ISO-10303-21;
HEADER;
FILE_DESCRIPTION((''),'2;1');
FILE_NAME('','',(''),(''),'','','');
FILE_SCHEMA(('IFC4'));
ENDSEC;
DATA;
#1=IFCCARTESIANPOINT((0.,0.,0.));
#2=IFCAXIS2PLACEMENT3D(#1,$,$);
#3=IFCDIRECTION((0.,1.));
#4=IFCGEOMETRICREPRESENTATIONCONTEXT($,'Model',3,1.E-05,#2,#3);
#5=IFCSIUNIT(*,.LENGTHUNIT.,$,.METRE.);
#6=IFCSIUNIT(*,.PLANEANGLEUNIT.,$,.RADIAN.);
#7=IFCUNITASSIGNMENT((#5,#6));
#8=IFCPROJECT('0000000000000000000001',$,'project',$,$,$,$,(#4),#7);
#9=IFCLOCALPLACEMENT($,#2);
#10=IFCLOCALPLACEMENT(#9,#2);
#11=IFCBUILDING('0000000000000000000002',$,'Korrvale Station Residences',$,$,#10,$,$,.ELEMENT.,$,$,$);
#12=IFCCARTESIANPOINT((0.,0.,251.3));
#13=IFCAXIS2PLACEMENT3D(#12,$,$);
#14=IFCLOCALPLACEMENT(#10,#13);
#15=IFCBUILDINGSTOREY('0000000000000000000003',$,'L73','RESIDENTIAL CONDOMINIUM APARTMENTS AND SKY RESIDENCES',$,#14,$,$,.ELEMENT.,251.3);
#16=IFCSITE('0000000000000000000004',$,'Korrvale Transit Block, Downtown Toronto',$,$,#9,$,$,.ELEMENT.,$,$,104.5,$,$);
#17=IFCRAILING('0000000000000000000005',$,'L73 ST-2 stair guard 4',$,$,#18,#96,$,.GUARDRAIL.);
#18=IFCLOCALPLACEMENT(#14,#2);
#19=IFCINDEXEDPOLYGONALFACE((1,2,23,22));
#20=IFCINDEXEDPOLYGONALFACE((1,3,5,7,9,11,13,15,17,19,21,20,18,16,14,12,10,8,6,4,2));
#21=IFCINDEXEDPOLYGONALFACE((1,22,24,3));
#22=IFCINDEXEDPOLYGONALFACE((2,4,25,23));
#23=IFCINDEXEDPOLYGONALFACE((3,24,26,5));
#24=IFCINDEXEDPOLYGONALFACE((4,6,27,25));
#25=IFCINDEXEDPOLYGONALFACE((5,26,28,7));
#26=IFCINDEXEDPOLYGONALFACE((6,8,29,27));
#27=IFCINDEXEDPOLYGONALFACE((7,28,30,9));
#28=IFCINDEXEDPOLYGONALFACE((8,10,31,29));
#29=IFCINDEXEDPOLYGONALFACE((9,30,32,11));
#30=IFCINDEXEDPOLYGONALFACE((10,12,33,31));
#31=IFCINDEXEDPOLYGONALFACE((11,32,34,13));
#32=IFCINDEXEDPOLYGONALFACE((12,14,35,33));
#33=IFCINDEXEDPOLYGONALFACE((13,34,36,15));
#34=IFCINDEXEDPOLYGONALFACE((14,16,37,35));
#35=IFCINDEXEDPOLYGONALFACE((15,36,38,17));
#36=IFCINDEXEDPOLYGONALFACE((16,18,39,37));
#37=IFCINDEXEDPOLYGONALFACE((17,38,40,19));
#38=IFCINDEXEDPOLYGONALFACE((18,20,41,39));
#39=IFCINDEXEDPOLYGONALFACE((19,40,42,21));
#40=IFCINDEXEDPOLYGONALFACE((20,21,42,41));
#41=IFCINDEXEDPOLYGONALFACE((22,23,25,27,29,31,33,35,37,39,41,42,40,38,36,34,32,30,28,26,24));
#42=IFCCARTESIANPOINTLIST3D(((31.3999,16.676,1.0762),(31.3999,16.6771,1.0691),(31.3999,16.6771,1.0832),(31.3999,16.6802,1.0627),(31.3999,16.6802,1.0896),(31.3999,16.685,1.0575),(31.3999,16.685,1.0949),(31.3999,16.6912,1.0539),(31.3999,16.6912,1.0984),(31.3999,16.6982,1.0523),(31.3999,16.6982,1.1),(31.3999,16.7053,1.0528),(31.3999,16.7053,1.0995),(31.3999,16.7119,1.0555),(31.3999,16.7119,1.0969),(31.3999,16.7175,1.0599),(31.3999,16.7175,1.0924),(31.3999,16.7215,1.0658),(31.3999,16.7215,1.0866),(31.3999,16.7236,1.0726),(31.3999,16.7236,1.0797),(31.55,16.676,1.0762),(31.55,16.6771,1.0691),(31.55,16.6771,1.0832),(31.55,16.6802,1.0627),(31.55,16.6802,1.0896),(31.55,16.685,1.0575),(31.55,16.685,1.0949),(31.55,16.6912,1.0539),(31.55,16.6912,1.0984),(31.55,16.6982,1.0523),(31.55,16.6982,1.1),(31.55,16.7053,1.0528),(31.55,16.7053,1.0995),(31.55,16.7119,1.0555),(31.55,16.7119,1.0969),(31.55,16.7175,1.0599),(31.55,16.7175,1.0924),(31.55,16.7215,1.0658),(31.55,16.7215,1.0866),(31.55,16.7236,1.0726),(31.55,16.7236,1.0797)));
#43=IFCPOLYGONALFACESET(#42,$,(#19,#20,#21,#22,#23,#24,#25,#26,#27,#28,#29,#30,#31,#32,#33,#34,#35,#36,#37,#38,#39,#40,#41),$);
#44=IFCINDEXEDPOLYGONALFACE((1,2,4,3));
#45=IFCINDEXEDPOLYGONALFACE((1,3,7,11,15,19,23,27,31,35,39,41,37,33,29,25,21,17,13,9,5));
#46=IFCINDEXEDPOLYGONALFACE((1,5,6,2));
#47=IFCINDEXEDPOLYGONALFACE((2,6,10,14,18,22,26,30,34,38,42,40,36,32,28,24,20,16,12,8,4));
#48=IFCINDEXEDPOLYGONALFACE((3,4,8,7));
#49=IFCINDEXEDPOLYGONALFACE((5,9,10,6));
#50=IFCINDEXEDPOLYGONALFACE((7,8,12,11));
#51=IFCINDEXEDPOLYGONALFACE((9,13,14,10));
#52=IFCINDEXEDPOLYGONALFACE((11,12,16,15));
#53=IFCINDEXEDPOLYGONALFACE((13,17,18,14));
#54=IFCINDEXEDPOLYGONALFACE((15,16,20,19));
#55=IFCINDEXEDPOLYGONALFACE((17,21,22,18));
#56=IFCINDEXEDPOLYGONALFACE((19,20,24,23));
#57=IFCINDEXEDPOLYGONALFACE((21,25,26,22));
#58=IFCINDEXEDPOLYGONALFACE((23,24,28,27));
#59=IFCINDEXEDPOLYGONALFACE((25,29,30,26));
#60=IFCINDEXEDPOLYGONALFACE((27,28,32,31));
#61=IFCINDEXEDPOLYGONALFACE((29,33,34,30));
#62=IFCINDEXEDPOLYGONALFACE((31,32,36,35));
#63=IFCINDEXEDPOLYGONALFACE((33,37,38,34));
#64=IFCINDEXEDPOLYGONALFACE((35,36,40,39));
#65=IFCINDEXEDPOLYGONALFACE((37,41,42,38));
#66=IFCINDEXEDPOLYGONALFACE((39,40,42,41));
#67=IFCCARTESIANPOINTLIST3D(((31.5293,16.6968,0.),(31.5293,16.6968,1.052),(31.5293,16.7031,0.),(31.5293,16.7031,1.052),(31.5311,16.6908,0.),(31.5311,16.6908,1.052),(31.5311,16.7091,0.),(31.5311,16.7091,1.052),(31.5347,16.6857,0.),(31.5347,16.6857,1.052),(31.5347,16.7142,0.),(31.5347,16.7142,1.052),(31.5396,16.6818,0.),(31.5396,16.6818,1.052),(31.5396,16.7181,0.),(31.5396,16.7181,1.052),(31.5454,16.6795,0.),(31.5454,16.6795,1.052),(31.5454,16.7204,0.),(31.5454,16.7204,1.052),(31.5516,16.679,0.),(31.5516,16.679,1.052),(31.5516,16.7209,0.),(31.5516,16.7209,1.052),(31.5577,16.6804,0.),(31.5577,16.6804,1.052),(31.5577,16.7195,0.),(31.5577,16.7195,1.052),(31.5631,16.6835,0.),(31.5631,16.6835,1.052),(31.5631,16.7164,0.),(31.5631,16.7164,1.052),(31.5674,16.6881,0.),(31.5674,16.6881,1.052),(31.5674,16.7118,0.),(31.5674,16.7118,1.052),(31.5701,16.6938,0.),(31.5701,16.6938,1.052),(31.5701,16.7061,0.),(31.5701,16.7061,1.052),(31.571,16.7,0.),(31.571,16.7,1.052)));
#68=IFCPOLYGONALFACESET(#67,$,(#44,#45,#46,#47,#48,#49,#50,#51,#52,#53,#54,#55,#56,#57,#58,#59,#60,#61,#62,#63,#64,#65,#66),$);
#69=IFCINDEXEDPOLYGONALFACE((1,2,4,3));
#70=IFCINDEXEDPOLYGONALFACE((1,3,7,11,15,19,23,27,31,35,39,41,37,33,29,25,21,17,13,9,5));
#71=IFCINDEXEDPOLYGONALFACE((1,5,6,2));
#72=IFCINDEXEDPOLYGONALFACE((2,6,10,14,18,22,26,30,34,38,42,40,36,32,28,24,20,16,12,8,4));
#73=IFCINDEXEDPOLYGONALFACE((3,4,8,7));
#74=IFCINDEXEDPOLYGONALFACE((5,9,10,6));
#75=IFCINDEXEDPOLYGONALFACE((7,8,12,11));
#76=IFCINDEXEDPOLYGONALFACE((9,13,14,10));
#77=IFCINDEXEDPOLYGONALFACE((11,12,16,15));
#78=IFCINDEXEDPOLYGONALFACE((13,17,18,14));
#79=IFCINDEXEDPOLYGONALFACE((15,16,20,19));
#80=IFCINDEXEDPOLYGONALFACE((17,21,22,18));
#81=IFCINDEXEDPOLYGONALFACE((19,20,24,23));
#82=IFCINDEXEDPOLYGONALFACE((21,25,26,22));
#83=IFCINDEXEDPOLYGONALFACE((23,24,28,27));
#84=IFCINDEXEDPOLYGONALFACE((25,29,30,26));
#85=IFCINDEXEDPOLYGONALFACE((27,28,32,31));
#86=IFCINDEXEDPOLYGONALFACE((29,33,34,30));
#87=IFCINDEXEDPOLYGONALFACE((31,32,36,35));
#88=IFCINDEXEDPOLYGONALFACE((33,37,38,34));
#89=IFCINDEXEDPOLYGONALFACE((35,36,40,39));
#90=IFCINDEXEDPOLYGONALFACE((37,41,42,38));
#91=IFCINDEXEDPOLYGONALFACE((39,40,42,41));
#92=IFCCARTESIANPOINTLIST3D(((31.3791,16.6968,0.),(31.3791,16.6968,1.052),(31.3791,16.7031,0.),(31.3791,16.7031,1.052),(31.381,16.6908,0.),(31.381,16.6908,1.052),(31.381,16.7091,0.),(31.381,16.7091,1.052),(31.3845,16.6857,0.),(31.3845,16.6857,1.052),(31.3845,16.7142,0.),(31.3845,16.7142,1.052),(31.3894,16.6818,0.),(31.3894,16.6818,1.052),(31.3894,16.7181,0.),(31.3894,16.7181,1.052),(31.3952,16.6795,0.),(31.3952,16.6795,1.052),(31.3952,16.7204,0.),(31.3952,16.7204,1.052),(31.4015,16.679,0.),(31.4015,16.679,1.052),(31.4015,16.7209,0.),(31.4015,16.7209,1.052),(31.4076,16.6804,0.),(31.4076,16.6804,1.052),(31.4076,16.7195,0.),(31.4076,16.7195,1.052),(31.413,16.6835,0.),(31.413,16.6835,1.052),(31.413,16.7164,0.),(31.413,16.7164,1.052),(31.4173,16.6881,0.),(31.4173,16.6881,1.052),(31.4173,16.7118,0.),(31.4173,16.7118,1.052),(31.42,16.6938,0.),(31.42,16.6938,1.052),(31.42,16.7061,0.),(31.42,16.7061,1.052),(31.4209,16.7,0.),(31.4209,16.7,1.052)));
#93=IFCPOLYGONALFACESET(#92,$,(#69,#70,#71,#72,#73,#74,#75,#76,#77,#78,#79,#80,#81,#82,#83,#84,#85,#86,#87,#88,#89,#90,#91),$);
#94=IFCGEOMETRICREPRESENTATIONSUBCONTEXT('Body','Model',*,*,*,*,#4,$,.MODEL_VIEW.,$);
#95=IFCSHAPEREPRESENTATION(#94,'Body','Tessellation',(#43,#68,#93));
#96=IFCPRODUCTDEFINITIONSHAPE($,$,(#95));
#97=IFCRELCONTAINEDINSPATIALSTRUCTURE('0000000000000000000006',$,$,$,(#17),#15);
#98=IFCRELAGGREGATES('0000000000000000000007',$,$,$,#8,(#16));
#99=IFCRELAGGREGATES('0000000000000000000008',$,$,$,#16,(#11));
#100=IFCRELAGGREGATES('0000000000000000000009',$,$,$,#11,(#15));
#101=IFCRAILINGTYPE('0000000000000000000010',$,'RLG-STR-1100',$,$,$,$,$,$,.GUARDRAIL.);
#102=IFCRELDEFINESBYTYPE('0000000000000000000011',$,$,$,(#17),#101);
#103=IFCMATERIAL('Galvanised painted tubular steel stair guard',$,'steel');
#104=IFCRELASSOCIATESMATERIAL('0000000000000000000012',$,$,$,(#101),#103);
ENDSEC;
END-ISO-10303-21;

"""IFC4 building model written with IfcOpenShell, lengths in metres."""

from ifc_helpers import new_model, si_unit, direction, frame, origin, origin_2d, place, context, subcontext, project, spatial, circle, extrude, material, type_object, element, save


model = new_model("IFC4")

# Units and contexts
model_context = context("Model", 3, precision=1e-05, world=origin(), true_north=direction((0.0, 1.0)))
body_context = subcontext(model_context, "Body", "Model", "MODEL_VIEW")
ifc_project = project(units=[si_unit("LENGTHUNIT", "METRE"), si_unit("PLANEANGLEUNIT", "RADIAN")], contexts=[model_context])

# Site, building, storey
site_placement = place(None, origin())
site = spatial("IfcSite", under=ifc_project, at=site_placement, Name="Korrvale Transit Block, Downtown Toronto", CompositionType="ELEMENT", RefElevation=104.5)
building_placement = place(site_placement, origin())
building = spatial("IfcBuilding", under=site, at=building_placement, Name="Korrvale Station Residences", CompositionType="ELEMENT")
storey_placement = place(building_placement, frame((0.0, 0.0, 251.3)))
storey = spatial("IfcBuildingStorey", under=building, at=storey_placement, Name="L73", Description="RESIDENTIAL CONDOMINIUM APARTMENTS AND SKY RESIDENCES", CompositionType="ELEMENT", Elevation=251.3)

# Railing
ifc_material_1 = material(Name="Galvanised painted tubular steel stair guard", Category="steel")
railing_type_1 = type_object("IfcRailingType", Name="RLG-STR-1100", PredefinedType="GUARDRAIL", material=ifc_material_1)
railing_1_placement = place(storey_placement, frame((31.55, 16.7, 0.0)))
element("IfcRailing", 1, at=railing_1_placement, inside=storey, type_object=railing_type_1, Name="L73 ST-2 stair guard 4", PredefinedType="GUARDRAIL", context=body_context, shape_type="SweptSolid", body=[
    extrude(circle(Radius=0.0239, at=origin_2d()), frame((0.0, 0.0, 1.0762), z_axis=(-1.0, 0.0, 0.0), x_axis=(0.0, -1.0, 0.0)), (0.0, 0.0, 1.0), 0.1501),
    extrude(circle(Radius=0.021, at=origin_2d()), origin(), (0.0, 0.0, 1.0), 1.052),
    extrude(circle(Radius=0.021, at=origin_2d()), frame((-0.1501, 0.0, 0.0)), (0.0, 0.0, 1.0), 1.052),
])

save(model, "model.ifc")
